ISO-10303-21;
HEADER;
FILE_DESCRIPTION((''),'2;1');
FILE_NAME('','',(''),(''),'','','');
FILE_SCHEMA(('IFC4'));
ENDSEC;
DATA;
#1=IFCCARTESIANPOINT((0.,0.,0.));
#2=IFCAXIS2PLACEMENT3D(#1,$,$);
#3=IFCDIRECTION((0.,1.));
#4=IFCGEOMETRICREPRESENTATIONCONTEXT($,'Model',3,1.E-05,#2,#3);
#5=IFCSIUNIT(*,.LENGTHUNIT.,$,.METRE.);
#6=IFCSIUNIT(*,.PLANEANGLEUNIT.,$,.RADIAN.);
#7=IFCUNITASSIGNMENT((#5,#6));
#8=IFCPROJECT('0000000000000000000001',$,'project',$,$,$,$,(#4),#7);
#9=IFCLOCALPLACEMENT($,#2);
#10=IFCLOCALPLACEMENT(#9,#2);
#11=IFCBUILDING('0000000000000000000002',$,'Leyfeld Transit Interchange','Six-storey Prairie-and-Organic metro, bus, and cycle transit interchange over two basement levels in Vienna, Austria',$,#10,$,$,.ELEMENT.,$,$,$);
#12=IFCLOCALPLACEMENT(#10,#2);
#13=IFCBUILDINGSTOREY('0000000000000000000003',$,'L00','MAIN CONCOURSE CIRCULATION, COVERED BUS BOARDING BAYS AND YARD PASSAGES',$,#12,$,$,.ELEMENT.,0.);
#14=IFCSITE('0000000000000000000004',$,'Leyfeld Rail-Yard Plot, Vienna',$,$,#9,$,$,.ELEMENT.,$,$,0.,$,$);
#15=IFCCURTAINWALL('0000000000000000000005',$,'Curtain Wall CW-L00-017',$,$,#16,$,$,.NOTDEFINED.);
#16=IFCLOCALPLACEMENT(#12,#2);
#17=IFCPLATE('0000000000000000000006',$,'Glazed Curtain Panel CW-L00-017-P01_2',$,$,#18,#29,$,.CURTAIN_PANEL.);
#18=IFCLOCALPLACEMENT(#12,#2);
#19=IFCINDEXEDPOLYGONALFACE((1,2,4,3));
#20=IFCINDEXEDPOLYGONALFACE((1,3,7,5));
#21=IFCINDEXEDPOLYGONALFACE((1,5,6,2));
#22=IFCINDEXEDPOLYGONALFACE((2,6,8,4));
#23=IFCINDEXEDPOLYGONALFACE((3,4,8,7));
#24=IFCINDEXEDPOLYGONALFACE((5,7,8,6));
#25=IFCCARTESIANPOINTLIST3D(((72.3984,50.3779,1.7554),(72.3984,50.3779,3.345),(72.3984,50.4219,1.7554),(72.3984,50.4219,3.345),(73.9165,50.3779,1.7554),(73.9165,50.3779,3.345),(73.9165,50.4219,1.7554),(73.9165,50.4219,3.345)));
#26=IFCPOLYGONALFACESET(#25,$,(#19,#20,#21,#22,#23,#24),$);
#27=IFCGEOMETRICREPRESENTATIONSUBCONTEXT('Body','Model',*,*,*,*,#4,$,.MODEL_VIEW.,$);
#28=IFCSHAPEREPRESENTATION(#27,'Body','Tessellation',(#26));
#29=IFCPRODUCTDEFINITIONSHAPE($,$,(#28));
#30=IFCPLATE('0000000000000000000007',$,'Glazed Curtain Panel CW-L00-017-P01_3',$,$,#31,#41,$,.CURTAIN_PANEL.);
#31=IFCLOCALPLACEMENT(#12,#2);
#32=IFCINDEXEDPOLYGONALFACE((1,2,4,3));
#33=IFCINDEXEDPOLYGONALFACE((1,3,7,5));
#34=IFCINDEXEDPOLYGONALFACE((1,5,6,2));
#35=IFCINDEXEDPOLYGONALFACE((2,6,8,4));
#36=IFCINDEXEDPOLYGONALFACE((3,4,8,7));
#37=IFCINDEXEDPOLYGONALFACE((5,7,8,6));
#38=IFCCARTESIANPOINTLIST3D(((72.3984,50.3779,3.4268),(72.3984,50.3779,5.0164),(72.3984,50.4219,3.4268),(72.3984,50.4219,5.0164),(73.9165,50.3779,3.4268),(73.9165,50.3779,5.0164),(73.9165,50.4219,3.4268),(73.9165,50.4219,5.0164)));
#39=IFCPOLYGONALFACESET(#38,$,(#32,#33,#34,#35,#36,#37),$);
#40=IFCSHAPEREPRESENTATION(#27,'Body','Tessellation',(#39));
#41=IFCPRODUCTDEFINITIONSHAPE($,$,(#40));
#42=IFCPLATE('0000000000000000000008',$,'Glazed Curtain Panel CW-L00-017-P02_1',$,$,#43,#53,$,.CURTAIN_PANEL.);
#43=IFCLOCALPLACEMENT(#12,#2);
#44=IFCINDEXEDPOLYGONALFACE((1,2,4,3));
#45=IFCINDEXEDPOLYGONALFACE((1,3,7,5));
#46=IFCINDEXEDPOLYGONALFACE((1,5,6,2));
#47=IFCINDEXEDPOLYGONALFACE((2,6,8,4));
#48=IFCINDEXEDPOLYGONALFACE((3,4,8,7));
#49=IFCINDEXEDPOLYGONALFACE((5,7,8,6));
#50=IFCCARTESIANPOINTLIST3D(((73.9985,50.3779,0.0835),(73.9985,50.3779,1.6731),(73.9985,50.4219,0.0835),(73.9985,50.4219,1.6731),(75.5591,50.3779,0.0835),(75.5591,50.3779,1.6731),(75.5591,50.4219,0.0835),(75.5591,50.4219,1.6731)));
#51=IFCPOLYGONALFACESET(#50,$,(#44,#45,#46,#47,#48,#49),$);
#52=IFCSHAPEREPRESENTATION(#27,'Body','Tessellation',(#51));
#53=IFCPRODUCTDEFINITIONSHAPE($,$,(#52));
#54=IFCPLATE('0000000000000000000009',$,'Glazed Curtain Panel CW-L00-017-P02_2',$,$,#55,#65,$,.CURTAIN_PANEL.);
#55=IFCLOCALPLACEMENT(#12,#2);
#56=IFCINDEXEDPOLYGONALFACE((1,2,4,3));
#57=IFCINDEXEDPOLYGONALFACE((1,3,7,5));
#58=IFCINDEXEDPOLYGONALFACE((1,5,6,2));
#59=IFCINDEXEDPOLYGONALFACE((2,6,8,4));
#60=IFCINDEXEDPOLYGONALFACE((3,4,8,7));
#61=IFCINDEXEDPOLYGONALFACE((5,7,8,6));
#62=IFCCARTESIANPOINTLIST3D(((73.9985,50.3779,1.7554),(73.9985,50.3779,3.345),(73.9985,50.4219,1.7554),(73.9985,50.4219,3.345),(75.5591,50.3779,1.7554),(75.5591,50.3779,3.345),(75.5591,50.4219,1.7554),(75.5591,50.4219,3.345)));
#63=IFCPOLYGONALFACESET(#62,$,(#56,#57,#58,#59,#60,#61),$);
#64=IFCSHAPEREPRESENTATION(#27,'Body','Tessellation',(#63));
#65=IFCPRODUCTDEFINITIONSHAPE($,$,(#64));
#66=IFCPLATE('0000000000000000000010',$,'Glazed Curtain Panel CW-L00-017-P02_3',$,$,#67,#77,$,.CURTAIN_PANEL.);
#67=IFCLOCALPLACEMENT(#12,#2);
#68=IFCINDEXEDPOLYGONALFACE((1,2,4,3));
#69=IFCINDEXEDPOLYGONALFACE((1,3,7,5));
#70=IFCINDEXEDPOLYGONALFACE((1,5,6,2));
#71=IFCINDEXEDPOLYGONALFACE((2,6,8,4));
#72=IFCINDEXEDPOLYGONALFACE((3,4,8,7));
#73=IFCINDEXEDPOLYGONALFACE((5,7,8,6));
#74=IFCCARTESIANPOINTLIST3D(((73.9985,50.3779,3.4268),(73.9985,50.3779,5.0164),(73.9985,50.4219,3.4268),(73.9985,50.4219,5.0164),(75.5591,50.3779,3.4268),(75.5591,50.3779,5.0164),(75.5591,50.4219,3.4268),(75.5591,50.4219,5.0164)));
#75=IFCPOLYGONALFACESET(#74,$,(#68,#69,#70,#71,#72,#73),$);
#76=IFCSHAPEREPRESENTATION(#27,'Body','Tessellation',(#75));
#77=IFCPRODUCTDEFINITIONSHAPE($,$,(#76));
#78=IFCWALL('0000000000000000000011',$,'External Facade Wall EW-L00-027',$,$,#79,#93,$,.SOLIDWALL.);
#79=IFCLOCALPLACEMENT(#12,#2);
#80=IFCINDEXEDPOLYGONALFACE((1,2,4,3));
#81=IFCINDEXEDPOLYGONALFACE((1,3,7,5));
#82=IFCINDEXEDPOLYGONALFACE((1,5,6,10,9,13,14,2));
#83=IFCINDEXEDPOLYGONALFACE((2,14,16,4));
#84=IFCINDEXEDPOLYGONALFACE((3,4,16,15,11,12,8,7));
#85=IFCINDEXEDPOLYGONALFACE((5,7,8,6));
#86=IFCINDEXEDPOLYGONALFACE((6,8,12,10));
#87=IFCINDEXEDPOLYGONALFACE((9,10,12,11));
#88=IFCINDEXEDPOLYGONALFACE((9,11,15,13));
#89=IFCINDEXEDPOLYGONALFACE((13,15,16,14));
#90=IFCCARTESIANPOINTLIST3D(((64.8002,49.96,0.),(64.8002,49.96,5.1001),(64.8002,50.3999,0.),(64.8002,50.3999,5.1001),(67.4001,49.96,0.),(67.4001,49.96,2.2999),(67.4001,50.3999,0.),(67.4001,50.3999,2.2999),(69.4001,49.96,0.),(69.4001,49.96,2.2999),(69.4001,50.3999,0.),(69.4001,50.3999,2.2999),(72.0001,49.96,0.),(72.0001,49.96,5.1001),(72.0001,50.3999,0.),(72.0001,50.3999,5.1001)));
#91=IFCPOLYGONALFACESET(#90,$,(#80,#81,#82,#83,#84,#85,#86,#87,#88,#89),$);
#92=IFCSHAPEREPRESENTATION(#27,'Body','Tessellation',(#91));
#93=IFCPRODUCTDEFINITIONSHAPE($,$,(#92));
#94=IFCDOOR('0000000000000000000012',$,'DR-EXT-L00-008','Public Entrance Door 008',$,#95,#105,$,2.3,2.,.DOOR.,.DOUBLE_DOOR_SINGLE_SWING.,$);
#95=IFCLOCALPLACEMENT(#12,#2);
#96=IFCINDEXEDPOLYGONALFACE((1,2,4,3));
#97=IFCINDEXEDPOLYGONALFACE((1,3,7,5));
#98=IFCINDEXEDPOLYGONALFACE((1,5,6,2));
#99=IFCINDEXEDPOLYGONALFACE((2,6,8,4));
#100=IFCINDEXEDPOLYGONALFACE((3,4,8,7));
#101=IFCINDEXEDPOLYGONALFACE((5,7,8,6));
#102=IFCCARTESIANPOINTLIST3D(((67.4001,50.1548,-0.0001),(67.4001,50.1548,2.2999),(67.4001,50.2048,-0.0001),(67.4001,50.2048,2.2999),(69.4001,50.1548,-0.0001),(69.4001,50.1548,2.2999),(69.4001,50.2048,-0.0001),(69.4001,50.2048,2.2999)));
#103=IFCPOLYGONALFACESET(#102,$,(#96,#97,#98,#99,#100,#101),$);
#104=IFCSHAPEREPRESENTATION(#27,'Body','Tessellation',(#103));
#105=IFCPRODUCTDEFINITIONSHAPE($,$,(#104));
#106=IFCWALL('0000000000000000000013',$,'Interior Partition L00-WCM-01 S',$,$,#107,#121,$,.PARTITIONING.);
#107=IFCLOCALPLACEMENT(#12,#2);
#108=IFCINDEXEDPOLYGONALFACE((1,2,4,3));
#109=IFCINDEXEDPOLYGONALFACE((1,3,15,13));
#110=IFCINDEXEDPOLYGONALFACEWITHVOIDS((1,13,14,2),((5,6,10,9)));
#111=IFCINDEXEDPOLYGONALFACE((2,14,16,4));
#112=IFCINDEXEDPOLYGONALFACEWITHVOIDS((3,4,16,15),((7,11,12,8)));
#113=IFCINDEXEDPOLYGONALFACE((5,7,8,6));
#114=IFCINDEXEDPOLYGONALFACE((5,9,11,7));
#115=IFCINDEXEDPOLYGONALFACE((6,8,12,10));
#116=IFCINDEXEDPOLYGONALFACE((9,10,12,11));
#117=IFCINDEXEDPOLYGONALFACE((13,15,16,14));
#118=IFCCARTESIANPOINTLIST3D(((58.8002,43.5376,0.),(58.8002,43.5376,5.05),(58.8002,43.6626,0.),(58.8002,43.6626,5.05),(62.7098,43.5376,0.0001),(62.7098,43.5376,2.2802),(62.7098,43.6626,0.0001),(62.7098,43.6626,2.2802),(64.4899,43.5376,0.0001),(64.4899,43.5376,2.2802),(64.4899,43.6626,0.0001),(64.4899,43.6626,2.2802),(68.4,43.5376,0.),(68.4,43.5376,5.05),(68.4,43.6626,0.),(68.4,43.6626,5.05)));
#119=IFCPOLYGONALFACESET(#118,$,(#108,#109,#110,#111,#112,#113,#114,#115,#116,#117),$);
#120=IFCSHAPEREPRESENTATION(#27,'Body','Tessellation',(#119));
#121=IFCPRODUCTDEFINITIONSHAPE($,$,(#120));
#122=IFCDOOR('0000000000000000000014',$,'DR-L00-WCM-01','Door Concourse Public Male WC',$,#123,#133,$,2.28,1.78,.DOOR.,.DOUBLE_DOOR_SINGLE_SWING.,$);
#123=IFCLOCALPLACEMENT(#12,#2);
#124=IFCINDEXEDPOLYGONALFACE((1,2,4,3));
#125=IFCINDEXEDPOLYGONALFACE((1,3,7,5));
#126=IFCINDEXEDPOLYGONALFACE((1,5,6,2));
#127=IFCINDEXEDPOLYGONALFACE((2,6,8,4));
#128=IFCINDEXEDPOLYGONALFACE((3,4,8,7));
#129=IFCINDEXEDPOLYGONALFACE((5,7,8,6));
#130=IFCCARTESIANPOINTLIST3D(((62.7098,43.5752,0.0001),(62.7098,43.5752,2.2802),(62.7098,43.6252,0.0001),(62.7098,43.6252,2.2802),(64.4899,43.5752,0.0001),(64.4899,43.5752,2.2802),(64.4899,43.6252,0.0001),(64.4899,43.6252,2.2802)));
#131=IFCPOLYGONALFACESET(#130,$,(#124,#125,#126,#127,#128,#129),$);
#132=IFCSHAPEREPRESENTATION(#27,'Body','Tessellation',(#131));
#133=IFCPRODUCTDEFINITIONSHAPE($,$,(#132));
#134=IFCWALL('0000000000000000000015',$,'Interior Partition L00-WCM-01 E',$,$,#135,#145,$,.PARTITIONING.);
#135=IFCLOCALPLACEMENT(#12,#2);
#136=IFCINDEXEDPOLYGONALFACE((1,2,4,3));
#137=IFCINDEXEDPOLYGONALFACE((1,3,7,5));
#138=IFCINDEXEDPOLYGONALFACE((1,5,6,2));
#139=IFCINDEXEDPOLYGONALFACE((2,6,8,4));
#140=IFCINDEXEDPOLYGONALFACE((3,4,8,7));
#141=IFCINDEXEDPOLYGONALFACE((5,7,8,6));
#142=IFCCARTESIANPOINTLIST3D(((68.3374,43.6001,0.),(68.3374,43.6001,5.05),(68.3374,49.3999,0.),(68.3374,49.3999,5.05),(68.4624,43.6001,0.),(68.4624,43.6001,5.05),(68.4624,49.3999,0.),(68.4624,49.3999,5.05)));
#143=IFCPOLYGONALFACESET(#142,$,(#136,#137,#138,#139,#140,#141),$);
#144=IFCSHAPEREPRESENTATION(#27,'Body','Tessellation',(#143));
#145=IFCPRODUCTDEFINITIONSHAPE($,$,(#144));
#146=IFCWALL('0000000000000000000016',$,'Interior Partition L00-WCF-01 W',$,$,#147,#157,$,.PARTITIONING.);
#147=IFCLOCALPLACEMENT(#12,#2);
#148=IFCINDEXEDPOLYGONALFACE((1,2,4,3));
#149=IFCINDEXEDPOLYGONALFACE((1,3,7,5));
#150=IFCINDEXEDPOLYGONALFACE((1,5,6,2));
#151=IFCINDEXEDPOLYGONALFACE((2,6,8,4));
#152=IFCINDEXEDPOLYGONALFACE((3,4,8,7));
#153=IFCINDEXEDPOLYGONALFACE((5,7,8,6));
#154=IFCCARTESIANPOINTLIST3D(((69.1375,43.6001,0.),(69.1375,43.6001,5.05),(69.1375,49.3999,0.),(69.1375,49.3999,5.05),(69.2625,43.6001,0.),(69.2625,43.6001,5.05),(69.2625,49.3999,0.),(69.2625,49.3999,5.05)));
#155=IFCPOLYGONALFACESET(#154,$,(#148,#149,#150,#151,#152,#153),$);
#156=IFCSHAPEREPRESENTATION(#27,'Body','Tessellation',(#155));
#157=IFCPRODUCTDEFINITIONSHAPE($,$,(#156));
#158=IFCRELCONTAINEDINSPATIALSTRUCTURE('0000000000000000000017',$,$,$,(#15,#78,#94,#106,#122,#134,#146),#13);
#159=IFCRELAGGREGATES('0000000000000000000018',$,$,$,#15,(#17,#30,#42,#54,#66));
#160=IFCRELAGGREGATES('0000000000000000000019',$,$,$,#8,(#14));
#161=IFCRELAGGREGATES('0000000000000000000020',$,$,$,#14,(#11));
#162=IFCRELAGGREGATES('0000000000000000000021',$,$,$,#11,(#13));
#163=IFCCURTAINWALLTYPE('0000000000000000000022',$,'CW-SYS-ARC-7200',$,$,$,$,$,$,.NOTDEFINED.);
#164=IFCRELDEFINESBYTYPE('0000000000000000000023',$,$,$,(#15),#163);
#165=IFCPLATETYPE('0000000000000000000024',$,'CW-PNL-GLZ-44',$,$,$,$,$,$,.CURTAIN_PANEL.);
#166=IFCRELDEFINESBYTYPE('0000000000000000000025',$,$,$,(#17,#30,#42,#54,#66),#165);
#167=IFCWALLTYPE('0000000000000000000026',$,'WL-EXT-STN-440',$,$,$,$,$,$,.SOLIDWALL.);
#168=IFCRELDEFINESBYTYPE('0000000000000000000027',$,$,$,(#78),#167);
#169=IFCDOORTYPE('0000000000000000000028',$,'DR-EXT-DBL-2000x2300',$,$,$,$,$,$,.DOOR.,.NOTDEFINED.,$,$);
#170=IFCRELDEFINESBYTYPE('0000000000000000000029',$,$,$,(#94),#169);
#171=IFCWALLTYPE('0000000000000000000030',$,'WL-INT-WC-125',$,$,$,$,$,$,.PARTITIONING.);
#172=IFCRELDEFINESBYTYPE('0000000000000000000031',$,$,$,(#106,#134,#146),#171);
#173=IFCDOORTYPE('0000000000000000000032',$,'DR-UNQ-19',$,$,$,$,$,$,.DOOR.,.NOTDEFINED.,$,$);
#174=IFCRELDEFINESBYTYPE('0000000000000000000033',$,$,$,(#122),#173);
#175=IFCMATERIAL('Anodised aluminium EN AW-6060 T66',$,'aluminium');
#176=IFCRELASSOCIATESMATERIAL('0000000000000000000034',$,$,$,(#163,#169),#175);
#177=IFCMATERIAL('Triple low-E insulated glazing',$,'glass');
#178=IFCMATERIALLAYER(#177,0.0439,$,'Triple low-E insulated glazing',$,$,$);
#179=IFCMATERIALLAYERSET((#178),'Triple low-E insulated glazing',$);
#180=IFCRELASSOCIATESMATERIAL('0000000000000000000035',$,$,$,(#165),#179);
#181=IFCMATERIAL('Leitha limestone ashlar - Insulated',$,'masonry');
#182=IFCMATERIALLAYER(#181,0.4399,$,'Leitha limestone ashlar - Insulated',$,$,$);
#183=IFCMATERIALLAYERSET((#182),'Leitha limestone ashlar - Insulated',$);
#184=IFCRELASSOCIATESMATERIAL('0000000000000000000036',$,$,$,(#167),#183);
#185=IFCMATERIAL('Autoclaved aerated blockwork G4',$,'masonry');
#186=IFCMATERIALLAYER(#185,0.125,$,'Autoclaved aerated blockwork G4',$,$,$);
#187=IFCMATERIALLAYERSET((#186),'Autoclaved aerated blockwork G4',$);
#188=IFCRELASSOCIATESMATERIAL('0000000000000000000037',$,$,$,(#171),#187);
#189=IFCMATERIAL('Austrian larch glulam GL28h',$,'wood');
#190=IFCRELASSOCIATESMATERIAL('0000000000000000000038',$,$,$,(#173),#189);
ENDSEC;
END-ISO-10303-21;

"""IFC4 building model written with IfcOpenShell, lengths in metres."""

from ifc_helpers import new_model, si_unit, direction, frame, frame_2d, origin, origin_2d, place, context, subcontext, project, spatial, rectangle, extrude, material, layer, layer_set, type_object, element, fill, aggregate, save


model = new_model("IFC4")

# Units and contexts
model_context = context("Model", 3, precision=1e-05, world=origin(), true_north=direction((0.0, 1.0)))
body_context = subcontext(model_context, "Body", "Model", "MODEL_VIEW")
ifc_project = project(units=[si_unit("LENGTHUNIT", "METRE"), si_unit("PLANEANGLEUNIT", "RADIAN")], contexts=[model_context])

# Site, building, storey
site_placement = place(None, origin())
site = spatial("IfcSite", under=ifc_project, at=site_placement, Name="Leyfeld Rail-Yard Plot, Vienna", CompositionType="ELEMENT", RefElevation=0.0)
building_placement = place(site_placement, origin())
building = spatial("IfcBuilding", under=site, at=building_placement, Name="Leyfeld Transit Interchange", Description="Six-storey Prairie-and-Organic metro, bus, and cycle transit interchange over two basement levels in Vienna, Austria", CompositionType="ELEMENT")
storey_placement = place(building_placement, origin())
storey = spatial("IfcBuildingStorey", under=building, at=storey_placement, Name="L00", Description="MAIN CONCOURSE CIRCULATION, COVERED BUS BOARDING BAYS AND YARD PASSAGES", CompositionType="ELEMENT", Elevation=0.0)

# Shared definitions
ifc_material_1 = material(Name="Anodised aluminium EN AW-6060 T66", Category="aluminium")
curtain_wall_type = type_object("IfcCurtainWallType", Name="CW-SYS-ARC-7200", PredefinedType="NOTDEFINED", material=ifc_material_1)

# Curtain wall
curtain_wall_1_placement = place(storey_placement, origin())
curtain_wall_1 = element("IfcCurtainWall", 1, at=curtain_wall_1_placement, inside=storey, type_object=curtain_wall_type, Name="Curtain Wall CW-L00-017", PredefinedType="NOTDEFINED")

# Plates
ifc_material_2 = material(Name="Triple low-E insulated glazing", Category="glass")
ifc_layer_1 = layer(ifc_material_2, 0.0439, Name="Triple low-E insulated glazing")
ifc_layer_set_1 = layer_set([ifc_layer_1], Name="Triple low-E insulated glazing")
plate_type = type_object("IfcPlateType", Name="CW-PNL-GLZ-44", PredefinedType="CURTAIN_PANEL", material=ifc_layer_set_1)
plate_1_placement = place(storey_placement, frame((73.1575, 50.3999, 1.7554), z_axis=(0.0, 0.0, 1.0), x_axis=(1.0, 0.0, 0.0)))
plate_1 = element("IfcPlate", 2, at=plate_1_placement, type_object=plate_type, Name="Glazed Curtain Panel CW-L00-017-P01_2", PredefinedType="CURTAIN_PANEL", context=body_context, shape_type="SweptSolid", body=[
    extrude(rectangle(XDim=1.5181, YDim=0.0439, at=origin_2d()), origin(), (0.0, 0.0, 1.0), 1.5896),
])
plate_2_placement = place(storey_placement, frame((73.1575, 50.3999, 3.4268), z_axis=(0.0, 0.0, 1.0), x_axis=(1.0, 0.0, 0.0)))
plate_2 = element("IfcPlate", 3, at=plate_2_placement, type_object=plate_type, Name="Glazed Curtain Panel CW-L00-017-P01_3", PredefinedType="CURTAIN_PANEL", context=body_context, shape_type="SweptSolid", body=[
    extrude(rectangle(XDim=1.5181, YDim=0.0439, at=origin_2d()), origin(), (0.0, 0.0, 1.0), 1.5896),
])
plate_3_placement = place(storey_placement, frame((74.7788, 50.3999, 0.0835), z_axis=(0.0, 0.0, 1.0), x_axis=(1.0, 0.0, 0.0)))
plate_3 = element("IfcPlate", 4, at=plate_3_placement, type_object=plate_type, Name="Glazed Curtain Panel CW-L00-017-P02_1", PredefinedType="CURTAIN_PANEL", context=body_context, shape_type="SweptSolid", body=[
    extrude(rectangle(XDim=1.5605, YDim=0.0439, at=origin_2d()), origin(), (0.0, 0.0, 1.0), 1.5896),
])
plate_4_placement = place(storey_placement, frame((74.7788, 50.3999, 1.7554), z_axis=(0.0, 0.0, 1.0), x_axis=(1.0, 0.0, 0.0)))
plate_4 = element("IfcPlate", 5, at=plate_4_placement, type_object=plate_type, Name="Glazed Curtain Panel CW-L00-017-P02_2", PredefinedType="CURTAIN_PANEL", context=body_context, shape_type="SweptSolid", body=[
    extrude(rectangle(XDim=1.5605, YDim=0.0439, at=origin_2d()), origin(), (0.0, 0.0, 1.0), 1.5896),
])
plate_5_placement = place(storey_placement, frame((74.7788, 50.3999, 3.4268), z_axis=(0.0, 0.0, 1.0), x_axis=(1.0, 0.0, 0.0)))
plate_5 = element("IfcPlate", 6, at=plate_5_placement, type_object=plate_type, Name="Glazed Curtain Panel CW-L00-017-P02_3", PredefinedType="CURTAIN_PANEL", context=body_context, shape_type="SweptSolid", body=[
    extrude(rectangle(XDim=1.5605, YDim=0.0439, at=origin_2d()), origin(), (0.0, 0.0, 1.0), 1.5896),
])
aggregate(curtain_wall_1, [plate_1, plate_2, plate_3, plate_4, plate_5])

# Walls, openings, doors
ifc_material_3 = material(Name="Leitha limestone ashlar - Insulated", Category="masonry")
ifc_layer_2 = layer(ifc_material_3, 0.4399, Name="Leitha limestone ashlar - Insulated")
ifc_layer_set_2 = layer_set([ifc_layer_2], Name="Leitha limestone ashlar - Insulated")
wall_type_1 = type_object("IfcWallType", Name="WL-EXT-STN-440", PredefinedType="SOLIDWALL", material=ifc_layer_set_2)
wall_1_placement = place(storey_placement, frame((64.8, 50.1799, 0.0), z_axis=(0.0, 0.0, 1.0), x_axis=(1.0, 0.0, 0.0)))
wall_1 = element("IfcWall", 7, at=wall_1_placement, inside=storey, type_object=wall_type_1, Name="External Facade Wall EW-L00-027", PredefinedType="SOLIDWALL", context=body_context, shape_type="SweptSolid", body=[
    extrude(rectangle(XDim=7.2, YDim=0.4399, at=frame_2d((3.6001, 0.0))), origin(), (0.0, 0.0, 1.0), 5.1001),
])
opening_1_placement = place(wall_1_placement, frame((2.6001, 0.0, 0.0)))
opening_1 = element("IfcOpeningElement", 8, at=opening_1_placement, cuts=wall_1, PredefinedType="OPENING", context=body_context, shape_type="SweptSolid", body=[
    extrude(rectangle(XDim=2.0, YDim=2.3, at=frame_2d((1.0, 1.1499))), frame((0.0, 0.23, 0.0), z_axis=(0.0, -1.0, 0.0), x_axis=(1.0, 0.0, 0.0)), (0.0, 0.0, 1.0), 0.46),
])
door_type_1 = type_object("IfcDoorType", Name="DR-EXT-DBL-2000x2300", OperationType="NOTDEFINED", PredefinedType="DOOR", material=ifc_material_1)
door_1_placement = place(opening_1_placement, origin())
door_1 = element("IfcDoor", 9, at=door_1_placement, inside=storey, type_object=door_type_1, Name="DR-EXT-L00-008", Description="Public Entrance Door 008", OperationType="DOUBLE_DOOR_SINGLE_SWING", OverallHeight=2.3, OverallWidth=2.0, PredefinedType="DOOR", context=body_context, shape_type="SweptSolid", body=[
    extrude(rectangle(XDim=2.0, YDim=2.3, at=frame_2d((1.0, 1.1499))), frame((0.0, 0.0249, 0.0), z_axis=(0.0, -1.0, 0.0), x_axis=(1.0, 0.0, 0.0)), (0.0, 0.0, 1.0), 0.05),
])
fill(opening_1, door_1)
ifc_material_4 = material(Name="Autoclaved aerated blockwork G4", Category="masonry")
ifc_layer_3 = layer(ifc_material_4, 0.125, Name="Autoclaved aerated blockwork G4")
ifc_layer_set_3 = layer_set([ifc_layer_3], Name="Autoclaved aerated blockwork G4")
wall_type_2 = type_object("IfcWallType", Name="WL-INT-WC-125", PredefinedType="PARTITIONING", material=ifc_layer_set_3)
wall_2_placement = place(storey_placement, frame((68.3999, 43.6001, 0.0), z_axis=(0.0, 0.0, 1.0), x_axis=(-1.0, 0.0, 0.0)))
wall_2 = element("IfcWall", 10, at=wall_2_placement, inside=storey, type_object=wall_type_2, Name="Interior Partition L00-WCM-01 S", PredefinedType="PARTITIONING", context=body_context, shape_type="SweptSolid", body=[
    extrude(rectangle(XDim=9.5999, YDim=0.125, at=frame_2d((4.7998, 0.0))), origin(), (0.0, 0.0, 1.0), 5.05),
])
opening_2_placement = place(wall_2_placement, frame((3.9099, 0.0, 0.0)))
opening_2 = element("IfcOpeningElement", 11, at=opening_2_placement, cuts=wall_2, PredefinedType="OPENING", context=body_context, shape_type="SweptSolid", body=[
    extrude(rectangle(XDim=1.78, YDim=2.28, at=frame_2d((0.8901, 1.1401))), frame((0.0, 0.0725, 0.0), z_axis=(0.0, -1.0, 0.0), x_axis=(1.0, 0.0, 0.0)), (0.0, 0.0, 1.0), 0.145),
])
ifc_material_5 = material(Name="Austrian larch glulam GL28h", Category="wood")
door_type_2 = type_object("IfcDoorType", Name="DR-UNQ-19", OperationType="NOTDEFINED", PredefinedType="DOOR", material=ifc_material_5)
door_2_placement = place(opening_2_placement, origin())
door_2 = element("IfcDoor", 12, at=door_2_placement, inside=storey, type_object=door_type_2, Name="DR-L00-WCM-01", Description="Door Concourse Public Male WC", OperationType="DOUBLE_DOOR_SINGLE_SWING", OverallHeight=2.28, OverallWidth=1.78, PredefinedType="DOOR", context=body_context, shape_type="SweptSolid", body=[
    extrude(rectangle(XDim=1.78, YDim=2.28, at=frame_2d((0.8901, 1.1401))), frame((0.0, 0.0249, 0.0), z_axis=(0.0, -1.0, 0.0), x_axis=(1.0, 0.0, 0.0)), (0.0, 0.0, 1.0), 0.05),
])
fill(opening_2, door_2)

# Walls
for number, where, z_axis, x_axis, name in (
    (13, (68.3999, 49.3999, 0.0), (0.0, 0.0, 1.0), (0.0, -1.0, 0.0), "Interior Partition L00-WCM-01 E"),
    (14, (69.2, 43.6001, 0.0), (0.0, 0.0, 1.0), (0.0, 1.0, 0.0), "Interior Partition L00-WCF-01 W"),
):
    element("IfcWall", number, at=place(storey_placement, frame(where, z_axis=z_axis, x_axis=x_axis)), inside=storey, type_object=wall_type_2, Name=name, PredefinedType="PARTITIONING", context=body_context, shape_type="SweptSolid", body=[
        extrude(rectangle(XDim=5.7998, YDim=0.125, at=frame_2d((2.8999, 0.0))), origin(), (0.0, 0.0, 1.0), 5.05),
    ])

save(model, "model.ifc")
